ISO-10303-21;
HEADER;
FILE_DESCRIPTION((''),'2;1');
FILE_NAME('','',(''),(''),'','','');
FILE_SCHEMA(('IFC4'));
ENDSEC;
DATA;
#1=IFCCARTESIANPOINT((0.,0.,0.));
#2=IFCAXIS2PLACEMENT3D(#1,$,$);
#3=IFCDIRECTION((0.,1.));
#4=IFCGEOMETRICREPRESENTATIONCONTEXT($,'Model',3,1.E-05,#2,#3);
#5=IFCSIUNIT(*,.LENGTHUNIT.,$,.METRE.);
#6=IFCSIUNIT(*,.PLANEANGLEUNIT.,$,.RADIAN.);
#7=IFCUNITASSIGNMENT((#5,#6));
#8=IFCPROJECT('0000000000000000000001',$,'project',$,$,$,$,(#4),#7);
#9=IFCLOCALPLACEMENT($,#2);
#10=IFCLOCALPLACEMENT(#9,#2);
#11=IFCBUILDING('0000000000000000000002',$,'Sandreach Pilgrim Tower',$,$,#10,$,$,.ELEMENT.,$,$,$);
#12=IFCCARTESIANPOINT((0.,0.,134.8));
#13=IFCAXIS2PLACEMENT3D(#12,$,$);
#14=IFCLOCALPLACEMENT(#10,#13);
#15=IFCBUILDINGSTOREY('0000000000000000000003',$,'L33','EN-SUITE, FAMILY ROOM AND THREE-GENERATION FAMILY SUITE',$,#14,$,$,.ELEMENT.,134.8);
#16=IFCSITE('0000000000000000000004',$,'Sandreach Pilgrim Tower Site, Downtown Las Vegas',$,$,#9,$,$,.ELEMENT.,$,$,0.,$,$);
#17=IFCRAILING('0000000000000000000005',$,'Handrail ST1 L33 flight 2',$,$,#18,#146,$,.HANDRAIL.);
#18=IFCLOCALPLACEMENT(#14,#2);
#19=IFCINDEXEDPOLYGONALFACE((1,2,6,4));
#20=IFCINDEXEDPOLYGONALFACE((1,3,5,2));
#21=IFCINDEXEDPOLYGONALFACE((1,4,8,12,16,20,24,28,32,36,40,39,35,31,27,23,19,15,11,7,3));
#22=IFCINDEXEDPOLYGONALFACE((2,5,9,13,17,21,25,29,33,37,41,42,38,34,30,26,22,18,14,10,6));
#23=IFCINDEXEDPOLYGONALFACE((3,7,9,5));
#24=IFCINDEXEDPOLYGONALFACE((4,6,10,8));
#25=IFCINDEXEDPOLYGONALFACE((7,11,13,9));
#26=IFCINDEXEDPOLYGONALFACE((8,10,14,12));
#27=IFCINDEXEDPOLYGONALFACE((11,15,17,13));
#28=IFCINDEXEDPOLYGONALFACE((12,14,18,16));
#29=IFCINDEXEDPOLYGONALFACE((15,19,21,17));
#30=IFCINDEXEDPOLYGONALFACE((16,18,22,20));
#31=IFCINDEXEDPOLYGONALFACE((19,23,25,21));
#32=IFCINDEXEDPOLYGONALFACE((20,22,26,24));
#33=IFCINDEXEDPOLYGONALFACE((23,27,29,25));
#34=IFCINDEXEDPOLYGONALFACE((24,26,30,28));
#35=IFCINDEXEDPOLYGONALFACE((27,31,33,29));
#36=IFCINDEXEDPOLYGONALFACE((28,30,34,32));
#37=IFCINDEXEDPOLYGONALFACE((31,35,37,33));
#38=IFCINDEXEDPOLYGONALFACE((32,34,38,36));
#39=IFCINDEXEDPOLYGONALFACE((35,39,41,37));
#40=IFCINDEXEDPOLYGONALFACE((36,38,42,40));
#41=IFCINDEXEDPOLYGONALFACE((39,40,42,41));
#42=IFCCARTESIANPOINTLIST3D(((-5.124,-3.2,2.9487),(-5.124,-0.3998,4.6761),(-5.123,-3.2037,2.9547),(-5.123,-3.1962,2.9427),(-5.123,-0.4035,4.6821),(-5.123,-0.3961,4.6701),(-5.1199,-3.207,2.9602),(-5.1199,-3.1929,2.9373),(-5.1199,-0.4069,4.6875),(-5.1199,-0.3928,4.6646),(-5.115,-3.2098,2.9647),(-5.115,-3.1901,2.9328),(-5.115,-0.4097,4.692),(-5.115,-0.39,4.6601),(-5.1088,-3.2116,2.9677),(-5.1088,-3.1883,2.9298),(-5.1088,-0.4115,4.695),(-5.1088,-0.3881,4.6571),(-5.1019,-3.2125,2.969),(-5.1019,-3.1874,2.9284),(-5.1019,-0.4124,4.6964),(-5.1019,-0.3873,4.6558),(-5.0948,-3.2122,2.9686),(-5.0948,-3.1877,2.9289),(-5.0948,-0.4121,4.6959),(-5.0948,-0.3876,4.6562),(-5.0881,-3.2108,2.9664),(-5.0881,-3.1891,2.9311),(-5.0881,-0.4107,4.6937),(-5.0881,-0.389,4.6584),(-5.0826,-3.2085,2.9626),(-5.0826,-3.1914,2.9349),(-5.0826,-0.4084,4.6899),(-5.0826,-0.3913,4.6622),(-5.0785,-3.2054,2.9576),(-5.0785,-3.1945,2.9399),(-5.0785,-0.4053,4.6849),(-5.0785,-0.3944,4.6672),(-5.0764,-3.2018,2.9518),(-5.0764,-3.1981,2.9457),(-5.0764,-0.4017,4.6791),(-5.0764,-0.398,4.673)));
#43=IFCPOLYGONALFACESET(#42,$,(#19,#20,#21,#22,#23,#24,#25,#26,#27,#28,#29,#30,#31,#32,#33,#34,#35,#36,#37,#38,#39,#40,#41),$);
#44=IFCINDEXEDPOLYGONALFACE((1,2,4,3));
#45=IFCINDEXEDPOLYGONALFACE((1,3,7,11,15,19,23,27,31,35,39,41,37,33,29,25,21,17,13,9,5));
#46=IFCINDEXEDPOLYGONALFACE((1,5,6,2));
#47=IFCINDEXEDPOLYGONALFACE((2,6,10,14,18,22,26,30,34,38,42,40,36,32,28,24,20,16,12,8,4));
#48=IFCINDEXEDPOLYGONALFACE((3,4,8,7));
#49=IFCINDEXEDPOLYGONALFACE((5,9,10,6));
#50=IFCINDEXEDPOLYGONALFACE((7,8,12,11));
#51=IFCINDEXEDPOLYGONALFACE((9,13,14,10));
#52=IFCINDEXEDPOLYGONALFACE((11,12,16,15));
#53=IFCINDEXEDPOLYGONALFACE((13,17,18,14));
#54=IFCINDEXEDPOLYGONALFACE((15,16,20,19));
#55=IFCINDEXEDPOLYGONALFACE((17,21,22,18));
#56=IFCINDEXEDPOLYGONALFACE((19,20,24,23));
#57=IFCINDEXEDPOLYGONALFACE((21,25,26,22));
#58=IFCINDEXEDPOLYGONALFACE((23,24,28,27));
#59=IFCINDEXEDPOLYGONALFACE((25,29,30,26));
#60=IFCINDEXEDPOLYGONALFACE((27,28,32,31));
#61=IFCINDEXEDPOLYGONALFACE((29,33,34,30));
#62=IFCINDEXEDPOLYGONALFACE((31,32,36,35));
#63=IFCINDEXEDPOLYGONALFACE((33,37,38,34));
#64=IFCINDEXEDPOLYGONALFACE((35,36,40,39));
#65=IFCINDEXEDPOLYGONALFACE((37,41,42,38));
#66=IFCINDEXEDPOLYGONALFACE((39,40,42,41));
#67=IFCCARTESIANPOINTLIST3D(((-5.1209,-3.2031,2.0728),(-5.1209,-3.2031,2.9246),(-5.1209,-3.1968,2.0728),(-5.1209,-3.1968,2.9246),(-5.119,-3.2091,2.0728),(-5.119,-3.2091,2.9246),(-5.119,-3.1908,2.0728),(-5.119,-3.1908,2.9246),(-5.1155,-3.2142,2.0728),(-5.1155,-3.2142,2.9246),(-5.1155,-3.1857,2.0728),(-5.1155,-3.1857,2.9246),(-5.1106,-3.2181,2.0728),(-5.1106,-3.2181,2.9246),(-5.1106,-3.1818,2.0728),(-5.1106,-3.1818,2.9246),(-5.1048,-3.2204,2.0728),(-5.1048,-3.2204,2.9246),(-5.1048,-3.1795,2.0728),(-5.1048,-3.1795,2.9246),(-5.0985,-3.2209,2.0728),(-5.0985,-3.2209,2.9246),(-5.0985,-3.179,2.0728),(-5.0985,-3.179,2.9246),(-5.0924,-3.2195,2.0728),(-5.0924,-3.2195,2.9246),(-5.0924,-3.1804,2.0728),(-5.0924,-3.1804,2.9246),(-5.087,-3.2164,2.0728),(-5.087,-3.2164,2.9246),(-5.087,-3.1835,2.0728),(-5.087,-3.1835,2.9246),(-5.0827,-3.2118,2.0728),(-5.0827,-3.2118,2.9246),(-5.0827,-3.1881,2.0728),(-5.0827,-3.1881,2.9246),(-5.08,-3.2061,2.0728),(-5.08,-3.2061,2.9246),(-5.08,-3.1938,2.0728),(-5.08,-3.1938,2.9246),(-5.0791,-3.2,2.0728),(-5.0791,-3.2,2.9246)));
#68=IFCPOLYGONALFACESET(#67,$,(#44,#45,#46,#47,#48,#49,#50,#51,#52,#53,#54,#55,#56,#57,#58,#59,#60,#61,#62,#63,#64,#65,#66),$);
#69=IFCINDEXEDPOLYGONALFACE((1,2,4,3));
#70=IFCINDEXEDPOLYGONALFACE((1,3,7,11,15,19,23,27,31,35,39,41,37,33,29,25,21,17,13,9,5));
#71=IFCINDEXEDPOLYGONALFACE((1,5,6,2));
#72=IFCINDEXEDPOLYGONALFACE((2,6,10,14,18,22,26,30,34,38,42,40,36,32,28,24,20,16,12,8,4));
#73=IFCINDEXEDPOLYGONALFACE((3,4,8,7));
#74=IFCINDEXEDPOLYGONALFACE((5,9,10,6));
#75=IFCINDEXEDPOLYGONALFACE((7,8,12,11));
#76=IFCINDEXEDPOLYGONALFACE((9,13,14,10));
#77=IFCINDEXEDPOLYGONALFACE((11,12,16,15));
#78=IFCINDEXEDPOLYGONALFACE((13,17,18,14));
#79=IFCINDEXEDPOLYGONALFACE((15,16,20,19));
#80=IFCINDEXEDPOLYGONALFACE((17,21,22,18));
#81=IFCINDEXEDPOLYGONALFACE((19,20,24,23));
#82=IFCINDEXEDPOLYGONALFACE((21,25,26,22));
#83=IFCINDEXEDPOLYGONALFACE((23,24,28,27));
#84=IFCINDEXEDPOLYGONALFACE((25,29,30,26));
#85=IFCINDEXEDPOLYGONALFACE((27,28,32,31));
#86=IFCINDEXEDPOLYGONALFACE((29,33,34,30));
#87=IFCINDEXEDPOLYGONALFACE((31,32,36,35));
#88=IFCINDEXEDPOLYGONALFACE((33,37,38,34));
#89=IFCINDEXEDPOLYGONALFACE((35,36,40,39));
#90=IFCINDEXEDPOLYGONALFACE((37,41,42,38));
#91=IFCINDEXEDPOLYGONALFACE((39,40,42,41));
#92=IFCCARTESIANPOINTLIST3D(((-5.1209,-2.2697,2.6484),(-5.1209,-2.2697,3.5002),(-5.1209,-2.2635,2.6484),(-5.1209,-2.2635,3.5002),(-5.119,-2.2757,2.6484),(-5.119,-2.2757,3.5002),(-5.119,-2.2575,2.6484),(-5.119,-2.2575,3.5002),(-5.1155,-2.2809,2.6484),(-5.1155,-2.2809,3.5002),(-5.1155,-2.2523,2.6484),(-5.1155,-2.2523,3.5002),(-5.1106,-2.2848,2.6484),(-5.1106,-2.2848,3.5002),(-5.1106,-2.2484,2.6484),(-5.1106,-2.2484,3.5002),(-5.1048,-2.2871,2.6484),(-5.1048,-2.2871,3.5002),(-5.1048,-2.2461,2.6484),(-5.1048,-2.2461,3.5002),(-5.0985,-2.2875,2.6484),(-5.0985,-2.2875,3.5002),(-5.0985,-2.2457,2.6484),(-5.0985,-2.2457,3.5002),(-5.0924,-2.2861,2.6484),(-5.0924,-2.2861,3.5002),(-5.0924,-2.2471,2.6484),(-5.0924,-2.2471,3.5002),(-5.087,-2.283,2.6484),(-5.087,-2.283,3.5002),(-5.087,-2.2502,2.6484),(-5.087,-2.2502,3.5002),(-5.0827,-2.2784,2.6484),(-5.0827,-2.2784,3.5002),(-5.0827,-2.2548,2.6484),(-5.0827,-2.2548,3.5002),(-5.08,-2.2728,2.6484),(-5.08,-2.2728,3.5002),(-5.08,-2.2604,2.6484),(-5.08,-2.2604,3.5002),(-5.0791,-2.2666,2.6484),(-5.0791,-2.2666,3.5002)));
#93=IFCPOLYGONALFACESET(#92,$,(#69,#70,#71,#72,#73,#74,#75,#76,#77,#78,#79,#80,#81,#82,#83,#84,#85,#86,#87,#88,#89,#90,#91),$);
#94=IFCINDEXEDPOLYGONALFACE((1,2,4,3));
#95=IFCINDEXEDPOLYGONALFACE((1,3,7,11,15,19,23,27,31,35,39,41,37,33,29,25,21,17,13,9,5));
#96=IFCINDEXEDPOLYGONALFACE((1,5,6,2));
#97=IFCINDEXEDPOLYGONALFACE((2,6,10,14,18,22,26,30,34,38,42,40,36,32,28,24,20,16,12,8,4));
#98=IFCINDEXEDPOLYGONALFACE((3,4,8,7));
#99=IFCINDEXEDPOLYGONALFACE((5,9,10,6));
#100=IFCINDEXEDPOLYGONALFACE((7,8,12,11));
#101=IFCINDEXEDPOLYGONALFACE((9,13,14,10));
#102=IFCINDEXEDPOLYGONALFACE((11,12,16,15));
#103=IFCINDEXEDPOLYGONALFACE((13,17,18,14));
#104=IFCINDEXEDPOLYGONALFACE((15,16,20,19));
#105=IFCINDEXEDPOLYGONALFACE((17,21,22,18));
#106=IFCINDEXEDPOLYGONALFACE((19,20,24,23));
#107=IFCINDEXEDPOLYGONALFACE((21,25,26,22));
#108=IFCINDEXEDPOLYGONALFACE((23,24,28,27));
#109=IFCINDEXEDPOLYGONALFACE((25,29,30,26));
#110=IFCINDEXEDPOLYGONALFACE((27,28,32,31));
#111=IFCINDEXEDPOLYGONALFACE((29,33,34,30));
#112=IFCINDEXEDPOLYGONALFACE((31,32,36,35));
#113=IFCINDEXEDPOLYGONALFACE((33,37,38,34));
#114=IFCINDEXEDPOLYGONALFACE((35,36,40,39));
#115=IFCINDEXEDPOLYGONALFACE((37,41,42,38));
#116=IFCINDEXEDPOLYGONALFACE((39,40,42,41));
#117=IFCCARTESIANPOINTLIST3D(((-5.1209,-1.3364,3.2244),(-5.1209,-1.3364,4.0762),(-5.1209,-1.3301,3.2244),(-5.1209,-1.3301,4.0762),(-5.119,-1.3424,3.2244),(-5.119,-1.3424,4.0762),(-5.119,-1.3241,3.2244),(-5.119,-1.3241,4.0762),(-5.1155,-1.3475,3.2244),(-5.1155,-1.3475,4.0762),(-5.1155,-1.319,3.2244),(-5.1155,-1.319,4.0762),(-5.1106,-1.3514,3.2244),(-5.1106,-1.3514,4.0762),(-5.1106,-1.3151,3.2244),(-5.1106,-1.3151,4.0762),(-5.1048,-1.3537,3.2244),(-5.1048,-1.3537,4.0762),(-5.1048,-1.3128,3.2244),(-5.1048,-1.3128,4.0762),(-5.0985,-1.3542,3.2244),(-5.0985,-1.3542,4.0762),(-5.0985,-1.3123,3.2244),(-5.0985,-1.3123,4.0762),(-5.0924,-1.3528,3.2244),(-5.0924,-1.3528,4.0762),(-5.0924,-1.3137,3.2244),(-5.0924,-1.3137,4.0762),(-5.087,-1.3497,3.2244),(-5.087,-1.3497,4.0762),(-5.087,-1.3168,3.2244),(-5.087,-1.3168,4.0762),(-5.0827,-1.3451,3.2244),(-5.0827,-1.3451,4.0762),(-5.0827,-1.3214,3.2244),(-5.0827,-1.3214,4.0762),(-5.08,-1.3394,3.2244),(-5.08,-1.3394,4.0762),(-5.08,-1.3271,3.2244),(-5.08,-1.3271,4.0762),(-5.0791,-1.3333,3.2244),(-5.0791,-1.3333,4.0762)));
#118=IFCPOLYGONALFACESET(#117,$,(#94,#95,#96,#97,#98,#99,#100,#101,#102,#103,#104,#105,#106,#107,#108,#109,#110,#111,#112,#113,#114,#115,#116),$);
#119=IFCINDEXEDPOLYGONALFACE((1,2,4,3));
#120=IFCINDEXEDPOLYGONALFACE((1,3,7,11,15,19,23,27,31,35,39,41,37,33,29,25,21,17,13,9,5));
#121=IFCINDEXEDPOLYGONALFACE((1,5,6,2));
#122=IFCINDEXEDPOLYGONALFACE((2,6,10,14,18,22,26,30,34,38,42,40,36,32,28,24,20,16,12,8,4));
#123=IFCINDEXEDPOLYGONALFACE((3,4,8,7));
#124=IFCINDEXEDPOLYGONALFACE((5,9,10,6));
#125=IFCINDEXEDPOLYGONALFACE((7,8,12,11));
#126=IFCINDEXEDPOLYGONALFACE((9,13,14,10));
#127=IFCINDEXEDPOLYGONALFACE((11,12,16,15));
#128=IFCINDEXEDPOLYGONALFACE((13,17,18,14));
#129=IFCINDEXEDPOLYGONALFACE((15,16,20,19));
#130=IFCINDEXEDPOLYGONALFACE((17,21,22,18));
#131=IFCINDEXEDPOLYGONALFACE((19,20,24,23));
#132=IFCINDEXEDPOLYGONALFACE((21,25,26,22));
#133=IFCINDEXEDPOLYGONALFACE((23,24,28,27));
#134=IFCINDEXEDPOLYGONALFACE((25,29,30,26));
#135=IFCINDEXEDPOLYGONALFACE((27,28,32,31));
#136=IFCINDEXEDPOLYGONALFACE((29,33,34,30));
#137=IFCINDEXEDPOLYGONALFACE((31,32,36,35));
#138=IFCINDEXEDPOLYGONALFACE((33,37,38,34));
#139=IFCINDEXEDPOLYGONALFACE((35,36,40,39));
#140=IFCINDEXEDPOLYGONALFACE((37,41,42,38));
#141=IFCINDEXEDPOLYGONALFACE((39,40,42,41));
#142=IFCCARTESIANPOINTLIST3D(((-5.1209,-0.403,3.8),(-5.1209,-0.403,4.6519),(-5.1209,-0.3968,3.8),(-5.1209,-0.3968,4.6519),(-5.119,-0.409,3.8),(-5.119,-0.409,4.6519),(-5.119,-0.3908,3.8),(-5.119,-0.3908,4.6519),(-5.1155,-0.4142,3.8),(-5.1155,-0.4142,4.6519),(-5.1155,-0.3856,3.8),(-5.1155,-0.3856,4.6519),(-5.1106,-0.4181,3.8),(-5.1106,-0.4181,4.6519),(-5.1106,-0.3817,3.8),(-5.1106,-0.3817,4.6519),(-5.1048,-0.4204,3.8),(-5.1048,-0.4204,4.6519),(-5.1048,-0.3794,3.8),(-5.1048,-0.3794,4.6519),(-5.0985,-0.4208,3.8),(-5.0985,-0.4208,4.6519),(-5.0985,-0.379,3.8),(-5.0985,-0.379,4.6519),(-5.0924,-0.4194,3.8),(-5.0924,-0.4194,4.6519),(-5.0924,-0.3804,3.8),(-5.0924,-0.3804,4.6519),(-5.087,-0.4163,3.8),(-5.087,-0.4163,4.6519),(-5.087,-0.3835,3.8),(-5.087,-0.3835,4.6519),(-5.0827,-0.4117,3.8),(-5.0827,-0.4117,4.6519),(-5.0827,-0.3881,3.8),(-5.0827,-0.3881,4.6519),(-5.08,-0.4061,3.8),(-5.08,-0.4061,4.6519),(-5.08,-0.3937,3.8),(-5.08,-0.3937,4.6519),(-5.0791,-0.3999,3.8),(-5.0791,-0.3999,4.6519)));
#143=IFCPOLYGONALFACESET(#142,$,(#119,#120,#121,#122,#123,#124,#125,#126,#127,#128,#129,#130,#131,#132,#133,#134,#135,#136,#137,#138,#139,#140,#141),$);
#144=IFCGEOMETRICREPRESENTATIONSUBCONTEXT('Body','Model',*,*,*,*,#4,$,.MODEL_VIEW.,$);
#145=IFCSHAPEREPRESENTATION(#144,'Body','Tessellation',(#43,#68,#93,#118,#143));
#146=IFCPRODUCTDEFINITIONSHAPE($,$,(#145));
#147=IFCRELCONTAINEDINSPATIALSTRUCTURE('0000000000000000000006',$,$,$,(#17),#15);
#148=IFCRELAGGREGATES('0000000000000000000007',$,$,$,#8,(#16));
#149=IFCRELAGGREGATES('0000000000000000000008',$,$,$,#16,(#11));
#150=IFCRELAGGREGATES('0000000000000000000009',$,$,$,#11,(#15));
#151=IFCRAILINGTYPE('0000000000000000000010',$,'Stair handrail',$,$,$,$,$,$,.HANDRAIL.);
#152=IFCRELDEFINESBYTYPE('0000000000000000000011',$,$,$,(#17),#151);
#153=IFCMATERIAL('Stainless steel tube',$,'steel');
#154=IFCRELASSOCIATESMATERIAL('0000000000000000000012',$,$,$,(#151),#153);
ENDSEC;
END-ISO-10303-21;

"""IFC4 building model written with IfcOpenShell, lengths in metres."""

from ifc_helpers import new_model, si_unit, direction, frame, origin, origin_2d, place, context, subcontext, project, spatial, circle, extrude, material, type_object, element, save


model = new_model("IFC4")

# Units and contexts
model_context = context("Model", 3, precision=1e-05, world=origin(), true_north=direction((0.0, 1.0)))
body_context = subcontext(model_context, "Body", "Model", "MODEL_VIEW")
ifc_project = project(units=[si_unit("LENGTHUNIT", "METRE"), si_unit("PLANEANGLEUNIT", "RADIAN")], contexts=[model_context])

# Site, building, storey
site_placement = place(None, origin())
site = spatial("IfcSite", under=ifc_project, at=site_placement, Name="Sandreach Pilgrim Tower Site, Downtown Las Vegas", CompositionType="ELEMENT", RefElevation=0.0)
building_placement = place(site_placement, origin())
building = spatial("IfcBuilding", under=site, at=building_placement, Name="Sandreach Pilgrim Tower", CompositionType="ELEMENT")
storey_placement = place(building_placement, frame((0.0, 0.0, 134.8)))
storey = spatial("IfcBuildingStorey", under=building, at=storey_placement, Name="L33", Description="EN-SUITE, FAMILY ROOM AND THREE-GENERATION FAMILY SUITE", CompositionType="ELEMENT", Elevation=134.8)

# Railing
ifc_material_1 = material(Name="Stainless steel tube", Category="steel")
railing_type = type_object("IfcRailingType", Name="Stair handrail", PredefinedType="HANDRAIL", material=ifc_material_1)
for number, where, name in (
    (1, (-5.1001, -3.2, 2.0728), "Handrail ST1 L33 flight 2"),
):
    element("IfcRailing", number, at=place(storey_placement, frame(where)), inside=storey, type_object=railing_type, Name=name, PredefinedType="HANDRAIL", context=body_context, shape_type="SweptSolid", body=[
        extrude(circle(Radius=0.0239, at=origin_2d()), frame((0.0, 0.0, 0.876), z_axis=(0.0, 0.85109, 0.52502), x_axis=(-1.0, 0.0, 0.0)), (0.0, 0.0, 1.0), 3.29),
        extrude(circle(Radius=0.021, at=origin_2d()), origin(), (0.0, 0.0, 1.0), 0.8518),
        extrude(circle(Radius=0.021, at=origin_2d()), frame((0.0, 0.9333, 0.5757)), (0.0, 0.0, 1.0), 0.8518),
        extrude(circle(Radius=0.021, at=origin_2d()), frame((0.0, 1.8667, 1.1516)), (0.0, 0.0, 1.0), 0.8518),
        extrude(circle(Radius=0.021, at=origin_2d()), frame((0.0, 2.8, 1.7273)), (0.0, 0.0, 1.0), 0.8518),
    ])

save(model, "model.ifc")
